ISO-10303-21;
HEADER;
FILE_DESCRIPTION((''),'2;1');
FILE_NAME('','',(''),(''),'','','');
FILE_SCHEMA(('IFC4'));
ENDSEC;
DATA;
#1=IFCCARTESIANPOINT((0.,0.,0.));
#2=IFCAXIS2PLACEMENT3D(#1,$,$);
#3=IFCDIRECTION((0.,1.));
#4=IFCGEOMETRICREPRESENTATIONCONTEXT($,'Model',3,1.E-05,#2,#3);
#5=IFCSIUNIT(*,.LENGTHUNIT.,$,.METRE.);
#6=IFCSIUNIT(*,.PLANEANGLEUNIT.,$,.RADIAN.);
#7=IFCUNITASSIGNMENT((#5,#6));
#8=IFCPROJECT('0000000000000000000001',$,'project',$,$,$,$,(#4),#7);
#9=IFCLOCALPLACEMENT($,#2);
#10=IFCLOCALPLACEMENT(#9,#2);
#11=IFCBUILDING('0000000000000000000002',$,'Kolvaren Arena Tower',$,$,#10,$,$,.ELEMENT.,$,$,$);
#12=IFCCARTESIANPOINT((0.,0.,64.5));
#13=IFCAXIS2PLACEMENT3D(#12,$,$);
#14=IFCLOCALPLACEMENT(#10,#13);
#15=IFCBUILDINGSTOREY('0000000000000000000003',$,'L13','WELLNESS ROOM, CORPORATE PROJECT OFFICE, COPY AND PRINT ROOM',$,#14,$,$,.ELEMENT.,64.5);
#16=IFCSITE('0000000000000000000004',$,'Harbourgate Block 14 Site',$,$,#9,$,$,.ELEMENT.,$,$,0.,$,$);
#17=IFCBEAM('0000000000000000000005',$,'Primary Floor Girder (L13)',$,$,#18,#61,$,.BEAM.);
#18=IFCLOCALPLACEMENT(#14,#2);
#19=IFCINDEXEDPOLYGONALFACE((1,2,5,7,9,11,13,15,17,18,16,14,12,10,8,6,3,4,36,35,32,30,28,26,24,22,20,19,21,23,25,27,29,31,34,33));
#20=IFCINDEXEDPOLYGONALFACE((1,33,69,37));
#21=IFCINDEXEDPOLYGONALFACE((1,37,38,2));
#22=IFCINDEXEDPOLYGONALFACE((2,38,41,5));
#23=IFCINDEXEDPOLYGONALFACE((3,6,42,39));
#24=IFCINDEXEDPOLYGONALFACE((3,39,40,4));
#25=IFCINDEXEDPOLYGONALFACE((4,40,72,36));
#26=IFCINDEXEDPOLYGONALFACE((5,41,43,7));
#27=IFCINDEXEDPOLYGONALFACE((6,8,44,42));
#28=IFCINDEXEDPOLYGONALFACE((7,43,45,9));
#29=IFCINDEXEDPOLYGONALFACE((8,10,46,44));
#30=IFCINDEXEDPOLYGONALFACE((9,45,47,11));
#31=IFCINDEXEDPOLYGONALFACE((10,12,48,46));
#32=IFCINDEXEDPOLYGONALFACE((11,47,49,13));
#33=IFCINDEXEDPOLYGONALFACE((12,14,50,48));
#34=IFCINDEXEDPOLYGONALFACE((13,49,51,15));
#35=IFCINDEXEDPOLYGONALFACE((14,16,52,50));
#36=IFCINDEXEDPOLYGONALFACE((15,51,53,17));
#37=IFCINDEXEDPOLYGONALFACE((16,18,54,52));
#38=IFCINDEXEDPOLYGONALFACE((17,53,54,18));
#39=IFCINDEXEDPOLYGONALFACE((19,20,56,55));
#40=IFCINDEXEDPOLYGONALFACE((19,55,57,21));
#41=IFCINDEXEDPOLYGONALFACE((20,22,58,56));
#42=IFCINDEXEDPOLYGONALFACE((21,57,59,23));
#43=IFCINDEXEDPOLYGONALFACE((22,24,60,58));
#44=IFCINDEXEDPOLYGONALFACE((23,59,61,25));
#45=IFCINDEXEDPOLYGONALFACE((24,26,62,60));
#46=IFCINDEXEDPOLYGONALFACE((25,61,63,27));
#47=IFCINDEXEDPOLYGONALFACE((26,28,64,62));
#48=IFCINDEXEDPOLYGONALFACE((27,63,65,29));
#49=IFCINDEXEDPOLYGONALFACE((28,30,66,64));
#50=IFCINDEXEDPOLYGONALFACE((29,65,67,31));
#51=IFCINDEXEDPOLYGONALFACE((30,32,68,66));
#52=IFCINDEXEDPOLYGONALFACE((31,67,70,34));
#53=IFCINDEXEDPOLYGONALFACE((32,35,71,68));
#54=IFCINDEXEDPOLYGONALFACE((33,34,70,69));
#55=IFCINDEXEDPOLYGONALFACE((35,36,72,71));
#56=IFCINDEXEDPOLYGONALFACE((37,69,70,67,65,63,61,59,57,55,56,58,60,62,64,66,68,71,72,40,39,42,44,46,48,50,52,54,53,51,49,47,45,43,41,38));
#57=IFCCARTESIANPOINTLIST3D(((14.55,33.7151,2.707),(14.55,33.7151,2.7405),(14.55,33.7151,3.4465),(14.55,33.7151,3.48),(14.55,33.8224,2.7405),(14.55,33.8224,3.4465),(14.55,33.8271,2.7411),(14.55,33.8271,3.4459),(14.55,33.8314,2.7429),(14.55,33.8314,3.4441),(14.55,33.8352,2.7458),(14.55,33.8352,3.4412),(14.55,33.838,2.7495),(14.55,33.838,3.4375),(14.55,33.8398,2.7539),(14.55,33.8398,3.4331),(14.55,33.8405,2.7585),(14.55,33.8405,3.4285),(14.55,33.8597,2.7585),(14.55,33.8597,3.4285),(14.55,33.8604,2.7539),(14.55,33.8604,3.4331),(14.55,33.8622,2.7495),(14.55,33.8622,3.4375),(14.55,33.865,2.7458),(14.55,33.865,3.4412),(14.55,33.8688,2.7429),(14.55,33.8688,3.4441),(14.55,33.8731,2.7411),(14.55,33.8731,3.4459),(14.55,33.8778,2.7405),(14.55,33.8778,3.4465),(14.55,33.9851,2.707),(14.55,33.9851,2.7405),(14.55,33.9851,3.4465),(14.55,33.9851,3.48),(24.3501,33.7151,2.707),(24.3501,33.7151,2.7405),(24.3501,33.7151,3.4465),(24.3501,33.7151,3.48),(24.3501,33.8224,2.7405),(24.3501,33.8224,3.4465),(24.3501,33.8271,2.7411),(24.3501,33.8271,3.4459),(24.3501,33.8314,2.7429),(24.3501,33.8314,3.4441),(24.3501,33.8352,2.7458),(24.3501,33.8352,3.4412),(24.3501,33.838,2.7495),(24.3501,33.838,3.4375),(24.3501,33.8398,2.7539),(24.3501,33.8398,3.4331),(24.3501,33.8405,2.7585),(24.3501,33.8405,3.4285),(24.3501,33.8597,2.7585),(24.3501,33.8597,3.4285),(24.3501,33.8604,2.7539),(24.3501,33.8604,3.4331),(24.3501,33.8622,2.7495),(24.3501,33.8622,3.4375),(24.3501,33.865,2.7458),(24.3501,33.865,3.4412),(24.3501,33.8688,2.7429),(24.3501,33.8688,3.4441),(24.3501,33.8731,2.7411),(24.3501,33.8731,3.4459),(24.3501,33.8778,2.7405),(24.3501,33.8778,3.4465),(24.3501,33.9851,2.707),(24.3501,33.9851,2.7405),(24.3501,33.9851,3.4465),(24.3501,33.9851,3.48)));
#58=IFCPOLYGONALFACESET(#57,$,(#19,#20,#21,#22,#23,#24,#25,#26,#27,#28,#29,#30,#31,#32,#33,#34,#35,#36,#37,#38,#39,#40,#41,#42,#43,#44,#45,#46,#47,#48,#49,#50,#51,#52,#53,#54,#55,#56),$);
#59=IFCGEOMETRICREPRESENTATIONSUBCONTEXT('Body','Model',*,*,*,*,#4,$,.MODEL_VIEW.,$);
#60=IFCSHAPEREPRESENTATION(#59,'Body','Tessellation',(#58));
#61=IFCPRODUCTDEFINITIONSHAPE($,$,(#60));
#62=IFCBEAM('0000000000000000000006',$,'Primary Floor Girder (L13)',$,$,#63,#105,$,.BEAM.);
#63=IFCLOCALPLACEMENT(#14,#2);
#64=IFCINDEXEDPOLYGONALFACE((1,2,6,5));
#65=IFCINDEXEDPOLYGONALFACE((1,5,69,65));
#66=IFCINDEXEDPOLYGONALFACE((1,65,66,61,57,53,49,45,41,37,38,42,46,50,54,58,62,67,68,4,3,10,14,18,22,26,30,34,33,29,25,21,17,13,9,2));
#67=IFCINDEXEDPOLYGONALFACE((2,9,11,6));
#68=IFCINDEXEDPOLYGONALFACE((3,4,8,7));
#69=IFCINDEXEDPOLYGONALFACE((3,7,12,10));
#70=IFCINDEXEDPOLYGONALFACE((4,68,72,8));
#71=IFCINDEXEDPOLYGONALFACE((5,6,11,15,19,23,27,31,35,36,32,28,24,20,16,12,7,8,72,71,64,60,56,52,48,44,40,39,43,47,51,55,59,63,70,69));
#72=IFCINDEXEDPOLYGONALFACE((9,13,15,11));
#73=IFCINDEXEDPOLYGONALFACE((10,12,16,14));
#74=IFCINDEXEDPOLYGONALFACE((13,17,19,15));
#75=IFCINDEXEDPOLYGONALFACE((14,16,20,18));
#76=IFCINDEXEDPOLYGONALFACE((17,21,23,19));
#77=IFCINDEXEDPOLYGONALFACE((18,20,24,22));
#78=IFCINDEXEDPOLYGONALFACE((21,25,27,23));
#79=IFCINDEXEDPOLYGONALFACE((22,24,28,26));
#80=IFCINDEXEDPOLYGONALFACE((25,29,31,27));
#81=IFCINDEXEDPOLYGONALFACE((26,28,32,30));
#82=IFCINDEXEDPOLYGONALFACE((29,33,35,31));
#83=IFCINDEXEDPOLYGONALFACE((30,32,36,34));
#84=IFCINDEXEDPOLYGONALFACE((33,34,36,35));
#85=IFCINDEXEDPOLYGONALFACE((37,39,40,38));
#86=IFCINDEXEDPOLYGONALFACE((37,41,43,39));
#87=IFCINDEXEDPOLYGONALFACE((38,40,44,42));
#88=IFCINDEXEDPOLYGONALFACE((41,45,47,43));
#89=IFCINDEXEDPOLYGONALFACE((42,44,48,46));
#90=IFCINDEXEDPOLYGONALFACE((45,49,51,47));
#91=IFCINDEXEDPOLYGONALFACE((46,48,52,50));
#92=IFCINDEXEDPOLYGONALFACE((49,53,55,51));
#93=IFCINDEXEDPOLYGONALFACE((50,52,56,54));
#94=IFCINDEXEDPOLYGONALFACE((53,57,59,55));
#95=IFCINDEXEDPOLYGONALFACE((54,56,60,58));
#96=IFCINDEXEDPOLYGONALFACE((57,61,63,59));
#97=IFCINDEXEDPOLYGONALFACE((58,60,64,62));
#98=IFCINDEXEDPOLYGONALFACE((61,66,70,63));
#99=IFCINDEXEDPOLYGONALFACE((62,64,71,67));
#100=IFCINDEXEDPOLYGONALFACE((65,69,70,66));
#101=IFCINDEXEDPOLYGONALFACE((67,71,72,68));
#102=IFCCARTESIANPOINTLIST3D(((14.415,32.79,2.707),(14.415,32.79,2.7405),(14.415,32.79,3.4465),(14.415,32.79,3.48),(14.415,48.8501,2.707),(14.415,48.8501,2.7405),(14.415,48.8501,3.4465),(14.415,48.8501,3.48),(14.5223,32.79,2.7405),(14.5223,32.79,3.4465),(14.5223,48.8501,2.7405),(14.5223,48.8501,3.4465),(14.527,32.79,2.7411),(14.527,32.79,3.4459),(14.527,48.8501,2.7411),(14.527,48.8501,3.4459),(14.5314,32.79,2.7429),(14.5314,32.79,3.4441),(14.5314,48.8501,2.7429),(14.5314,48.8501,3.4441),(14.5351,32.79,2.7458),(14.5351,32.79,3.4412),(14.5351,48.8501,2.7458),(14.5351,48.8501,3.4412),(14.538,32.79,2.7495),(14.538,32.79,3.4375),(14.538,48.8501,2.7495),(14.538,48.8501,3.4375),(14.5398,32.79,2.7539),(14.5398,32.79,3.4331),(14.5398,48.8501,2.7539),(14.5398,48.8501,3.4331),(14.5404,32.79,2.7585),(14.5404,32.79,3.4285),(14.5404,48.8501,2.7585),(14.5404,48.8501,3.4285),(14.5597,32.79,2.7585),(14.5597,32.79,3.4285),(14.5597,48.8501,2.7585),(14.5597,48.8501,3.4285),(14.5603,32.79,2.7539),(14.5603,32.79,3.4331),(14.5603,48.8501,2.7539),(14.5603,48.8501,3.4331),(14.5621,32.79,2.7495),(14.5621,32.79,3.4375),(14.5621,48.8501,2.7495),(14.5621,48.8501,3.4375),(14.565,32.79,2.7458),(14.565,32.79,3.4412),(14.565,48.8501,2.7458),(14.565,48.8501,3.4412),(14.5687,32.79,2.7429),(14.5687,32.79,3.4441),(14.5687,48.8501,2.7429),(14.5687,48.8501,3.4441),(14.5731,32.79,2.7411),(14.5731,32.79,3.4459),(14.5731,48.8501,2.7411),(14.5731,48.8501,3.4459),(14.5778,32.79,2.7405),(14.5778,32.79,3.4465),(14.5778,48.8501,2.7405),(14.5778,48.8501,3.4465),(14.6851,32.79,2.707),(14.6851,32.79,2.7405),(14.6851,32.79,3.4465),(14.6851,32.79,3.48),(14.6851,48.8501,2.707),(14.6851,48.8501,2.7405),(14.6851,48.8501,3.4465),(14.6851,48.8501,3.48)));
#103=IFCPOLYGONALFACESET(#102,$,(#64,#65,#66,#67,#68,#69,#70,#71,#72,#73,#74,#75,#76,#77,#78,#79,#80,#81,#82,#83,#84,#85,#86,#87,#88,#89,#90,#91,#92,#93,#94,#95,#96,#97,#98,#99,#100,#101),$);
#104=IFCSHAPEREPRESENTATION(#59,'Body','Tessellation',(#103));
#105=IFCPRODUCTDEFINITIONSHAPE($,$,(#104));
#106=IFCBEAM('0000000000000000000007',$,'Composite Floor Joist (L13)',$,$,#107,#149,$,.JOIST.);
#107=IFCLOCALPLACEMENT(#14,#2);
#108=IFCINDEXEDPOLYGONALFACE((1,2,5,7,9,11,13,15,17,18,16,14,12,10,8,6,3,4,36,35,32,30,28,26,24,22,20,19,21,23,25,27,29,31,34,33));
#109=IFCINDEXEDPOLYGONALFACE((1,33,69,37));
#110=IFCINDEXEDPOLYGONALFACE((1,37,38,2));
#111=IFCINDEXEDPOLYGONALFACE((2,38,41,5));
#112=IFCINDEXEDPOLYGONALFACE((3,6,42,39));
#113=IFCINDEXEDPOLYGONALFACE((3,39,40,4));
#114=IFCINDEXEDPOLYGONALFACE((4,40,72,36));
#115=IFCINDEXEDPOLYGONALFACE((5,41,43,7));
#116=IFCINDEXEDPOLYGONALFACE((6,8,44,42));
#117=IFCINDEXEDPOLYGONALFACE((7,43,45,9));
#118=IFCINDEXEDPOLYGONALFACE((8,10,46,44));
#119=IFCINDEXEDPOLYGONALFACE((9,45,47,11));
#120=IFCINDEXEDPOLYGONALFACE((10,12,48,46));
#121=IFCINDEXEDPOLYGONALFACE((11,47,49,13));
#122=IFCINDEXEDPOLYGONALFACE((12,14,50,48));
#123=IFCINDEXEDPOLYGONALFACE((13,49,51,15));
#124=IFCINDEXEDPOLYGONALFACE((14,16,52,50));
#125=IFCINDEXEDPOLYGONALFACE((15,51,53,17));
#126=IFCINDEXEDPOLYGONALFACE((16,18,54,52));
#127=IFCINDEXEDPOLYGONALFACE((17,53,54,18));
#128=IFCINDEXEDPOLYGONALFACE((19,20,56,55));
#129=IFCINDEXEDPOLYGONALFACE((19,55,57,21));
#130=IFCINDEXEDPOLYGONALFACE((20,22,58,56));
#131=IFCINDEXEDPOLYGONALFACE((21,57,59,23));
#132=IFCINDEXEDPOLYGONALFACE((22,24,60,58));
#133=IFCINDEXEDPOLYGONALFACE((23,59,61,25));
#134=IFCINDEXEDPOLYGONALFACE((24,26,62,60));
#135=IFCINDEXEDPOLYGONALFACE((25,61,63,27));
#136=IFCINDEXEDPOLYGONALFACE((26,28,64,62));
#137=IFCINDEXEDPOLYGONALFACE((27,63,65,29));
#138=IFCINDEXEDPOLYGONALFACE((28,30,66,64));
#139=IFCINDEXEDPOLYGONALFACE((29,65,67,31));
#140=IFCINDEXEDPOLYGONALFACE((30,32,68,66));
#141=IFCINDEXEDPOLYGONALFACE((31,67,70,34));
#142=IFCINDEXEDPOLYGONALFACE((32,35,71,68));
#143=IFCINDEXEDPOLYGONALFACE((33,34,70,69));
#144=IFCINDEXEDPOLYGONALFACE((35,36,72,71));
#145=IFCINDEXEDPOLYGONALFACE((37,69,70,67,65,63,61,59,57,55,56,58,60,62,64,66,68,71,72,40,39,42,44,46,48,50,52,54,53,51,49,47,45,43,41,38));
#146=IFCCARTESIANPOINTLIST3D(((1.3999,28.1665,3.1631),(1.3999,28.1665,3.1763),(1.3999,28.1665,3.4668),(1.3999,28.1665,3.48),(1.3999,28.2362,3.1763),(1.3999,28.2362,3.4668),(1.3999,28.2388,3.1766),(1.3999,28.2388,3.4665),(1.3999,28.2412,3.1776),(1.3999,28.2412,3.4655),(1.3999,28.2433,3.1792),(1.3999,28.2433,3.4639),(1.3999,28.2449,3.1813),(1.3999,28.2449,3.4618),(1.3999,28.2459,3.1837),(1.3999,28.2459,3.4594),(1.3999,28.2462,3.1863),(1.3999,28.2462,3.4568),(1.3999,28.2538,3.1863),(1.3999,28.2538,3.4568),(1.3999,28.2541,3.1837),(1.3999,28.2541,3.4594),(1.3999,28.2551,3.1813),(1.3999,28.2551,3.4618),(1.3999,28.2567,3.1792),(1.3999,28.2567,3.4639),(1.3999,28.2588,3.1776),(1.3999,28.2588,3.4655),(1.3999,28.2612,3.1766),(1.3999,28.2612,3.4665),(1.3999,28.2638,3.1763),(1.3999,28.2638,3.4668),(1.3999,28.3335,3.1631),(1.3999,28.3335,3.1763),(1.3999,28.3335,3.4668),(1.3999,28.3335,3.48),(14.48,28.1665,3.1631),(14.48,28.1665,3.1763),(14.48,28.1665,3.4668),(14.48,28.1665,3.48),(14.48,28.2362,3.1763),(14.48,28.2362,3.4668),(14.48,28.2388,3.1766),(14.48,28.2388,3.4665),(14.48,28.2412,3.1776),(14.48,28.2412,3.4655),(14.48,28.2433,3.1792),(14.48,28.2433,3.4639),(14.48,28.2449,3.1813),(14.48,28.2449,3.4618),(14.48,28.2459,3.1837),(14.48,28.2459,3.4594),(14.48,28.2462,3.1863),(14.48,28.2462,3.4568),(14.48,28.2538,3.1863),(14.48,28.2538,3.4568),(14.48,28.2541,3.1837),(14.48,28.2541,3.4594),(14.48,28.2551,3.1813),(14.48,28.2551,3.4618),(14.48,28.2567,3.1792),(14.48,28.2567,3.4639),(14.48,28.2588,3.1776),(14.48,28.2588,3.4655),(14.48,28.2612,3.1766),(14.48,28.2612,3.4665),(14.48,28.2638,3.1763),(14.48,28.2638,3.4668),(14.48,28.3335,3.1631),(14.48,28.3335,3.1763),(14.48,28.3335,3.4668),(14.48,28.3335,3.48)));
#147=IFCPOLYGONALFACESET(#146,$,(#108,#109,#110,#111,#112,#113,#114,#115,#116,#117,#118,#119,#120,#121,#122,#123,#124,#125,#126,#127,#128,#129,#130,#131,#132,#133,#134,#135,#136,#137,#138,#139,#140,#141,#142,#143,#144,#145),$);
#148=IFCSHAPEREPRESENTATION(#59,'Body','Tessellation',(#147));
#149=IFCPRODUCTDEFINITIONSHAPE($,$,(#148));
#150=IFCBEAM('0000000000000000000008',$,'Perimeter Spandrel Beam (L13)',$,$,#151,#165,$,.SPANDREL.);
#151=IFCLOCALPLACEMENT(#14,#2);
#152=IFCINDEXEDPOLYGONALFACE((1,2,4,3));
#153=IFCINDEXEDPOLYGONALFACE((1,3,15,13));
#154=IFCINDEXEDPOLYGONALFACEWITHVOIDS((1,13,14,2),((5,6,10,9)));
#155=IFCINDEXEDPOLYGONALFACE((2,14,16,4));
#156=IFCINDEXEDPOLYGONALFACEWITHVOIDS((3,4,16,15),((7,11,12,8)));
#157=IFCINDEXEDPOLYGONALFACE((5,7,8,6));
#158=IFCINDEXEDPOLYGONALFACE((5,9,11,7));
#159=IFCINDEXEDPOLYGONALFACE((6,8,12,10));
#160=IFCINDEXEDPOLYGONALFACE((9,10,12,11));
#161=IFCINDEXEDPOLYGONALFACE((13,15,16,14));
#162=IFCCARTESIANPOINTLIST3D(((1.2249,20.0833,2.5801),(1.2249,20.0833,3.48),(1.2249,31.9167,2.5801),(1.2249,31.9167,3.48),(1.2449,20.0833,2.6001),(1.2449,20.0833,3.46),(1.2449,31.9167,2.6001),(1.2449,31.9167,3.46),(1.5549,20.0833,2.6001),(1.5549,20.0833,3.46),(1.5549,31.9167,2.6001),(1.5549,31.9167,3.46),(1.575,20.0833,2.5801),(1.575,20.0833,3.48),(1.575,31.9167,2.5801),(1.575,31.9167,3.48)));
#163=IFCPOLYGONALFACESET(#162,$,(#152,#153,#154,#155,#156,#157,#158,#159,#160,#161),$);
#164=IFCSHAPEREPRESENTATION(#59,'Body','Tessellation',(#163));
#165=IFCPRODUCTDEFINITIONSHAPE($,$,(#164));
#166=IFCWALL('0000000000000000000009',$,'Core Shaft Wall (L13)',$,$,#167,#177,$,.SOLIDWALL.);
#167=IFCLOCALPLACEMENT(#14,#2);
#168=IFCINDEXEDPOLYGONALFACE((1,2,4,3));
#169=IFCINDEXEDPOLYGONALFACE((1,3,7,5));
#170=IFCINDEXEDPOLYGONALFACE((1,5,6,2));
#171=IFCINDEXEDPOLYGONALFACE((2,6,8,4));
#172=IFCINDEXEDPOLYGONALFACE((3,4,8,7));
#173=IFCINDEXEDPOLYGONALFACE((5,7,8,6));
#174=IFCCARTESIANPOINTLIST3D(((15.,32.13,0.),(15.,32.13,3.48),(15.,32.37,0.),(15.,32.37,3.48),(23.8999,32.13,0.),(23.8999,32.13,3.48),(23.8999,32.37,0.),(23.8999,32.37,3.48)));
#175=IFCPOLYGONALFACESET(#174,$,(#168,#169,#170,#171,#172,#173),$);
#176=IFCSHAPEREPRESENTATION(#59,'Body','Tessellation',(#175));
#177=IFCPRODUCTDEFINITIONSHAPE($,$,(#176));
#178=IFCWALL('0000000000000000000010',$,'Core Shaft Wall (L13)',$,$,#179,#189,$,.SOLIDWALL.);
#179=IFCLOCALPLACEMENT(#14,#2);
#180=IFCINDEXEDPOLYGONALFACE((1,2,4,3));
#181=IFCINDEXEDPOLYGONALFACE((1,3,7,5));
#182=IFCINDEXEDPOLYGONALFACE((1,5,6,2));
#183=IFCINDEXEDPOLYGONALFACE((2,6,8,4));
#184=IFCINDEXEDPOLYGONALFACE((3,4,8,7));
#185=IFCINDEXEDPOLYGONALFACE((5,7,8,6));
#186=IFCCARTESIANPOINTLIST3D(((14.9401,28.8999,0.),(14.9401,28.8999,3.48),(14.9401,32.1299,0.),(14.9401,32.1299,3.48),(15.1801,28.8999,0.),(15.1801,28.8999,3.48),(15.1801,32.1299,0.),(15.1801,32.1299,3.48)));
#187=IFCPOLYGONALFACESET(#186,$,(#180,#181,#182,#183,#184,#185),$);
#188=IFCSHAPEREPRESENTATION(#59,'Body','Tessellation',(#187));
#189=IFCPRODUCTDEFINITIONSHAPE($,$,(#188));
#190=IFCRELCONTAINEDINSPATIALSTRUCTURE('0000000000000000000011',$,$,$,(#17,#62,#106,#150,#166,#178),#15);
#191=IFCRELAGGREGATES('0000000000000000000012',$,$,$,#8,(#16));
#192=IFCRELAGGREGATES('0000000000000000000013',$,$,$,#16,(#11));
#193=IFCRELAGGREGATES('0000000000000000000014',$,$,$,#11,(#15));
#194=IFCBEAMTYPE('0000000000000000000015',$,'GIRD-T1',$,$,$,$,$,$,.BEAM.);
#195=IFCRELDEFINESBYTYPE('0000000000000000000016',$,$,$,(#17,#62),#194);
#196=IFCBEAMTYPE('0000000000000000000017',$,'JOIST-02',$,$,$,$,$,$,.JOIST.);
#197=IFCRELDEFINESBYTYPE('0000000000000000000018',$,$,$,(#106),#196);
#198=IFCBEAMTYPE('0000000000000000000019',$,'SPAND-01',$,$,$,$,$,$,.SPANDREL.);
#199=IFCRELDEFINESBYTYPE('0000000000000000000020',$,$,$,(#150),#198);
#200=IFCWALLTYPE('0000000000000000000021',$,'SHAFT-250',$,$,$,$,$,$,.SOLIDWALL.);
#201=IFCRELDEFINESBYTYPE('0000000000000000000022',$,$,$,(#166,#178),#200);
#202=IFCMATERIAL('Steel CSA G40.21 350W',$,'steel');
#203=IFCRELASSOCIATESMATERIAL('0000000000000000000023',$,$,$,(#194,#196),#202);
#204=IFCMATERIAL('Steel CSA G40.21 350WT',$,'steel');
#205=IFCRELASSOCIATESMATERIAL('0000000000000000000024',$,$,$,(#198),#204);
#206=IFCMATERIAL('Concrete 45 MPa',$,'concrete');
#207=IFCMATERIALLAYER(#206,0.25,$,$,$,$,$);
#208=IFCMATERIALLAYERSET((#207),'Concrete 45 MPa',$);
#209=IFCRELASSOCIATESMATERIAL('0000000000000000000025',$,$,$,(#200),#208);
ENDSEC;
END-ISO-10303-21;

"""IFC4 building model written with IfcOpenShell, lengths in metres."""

from ifc_helpers import new_model, si_unit, direction, frame, frame_2d, origin, origin_2d, place, context, subcontext, project, spatial, rectangle, hollow_rectangle, i_section, extrude, material, layer, layer_set, material_profile, profile_set, type_object, element, save


model = new_model("IFC4")

# Units and contexts
model_context = context("Model", 3, precision=1e-05, world=origin(), true_north=direction((0.0, 1.0)))
body_context = subcontext(model_context, "Body", "Model", "MODEL_VIEW")
ifc_project = project(units=[si_unit("LENGTHUNIT", "METRE"), si_unit("PLANEANGLEUNIT", "RADIAN")], contexts=[model_context])

# Site, building, storey
site_placement = place(None, origin())
site = spatial("IfcSite", under=ifc_project, at=site_placement, Name="Harbourgate Block 14 Site", CompositionType="ELEMENT", RefElevation=0.0)
building_placement = place(site_placement, origin())
building = spatial("IfcBuilding", under=site, at=building_placement, Name="Kolvaren Arena Tower", CompositionType="ELEMENT")
storey_placement = place(building_placement, frame((0.0, 0.0, 64.5)))
storey = spatial("IfcBuildingStorey", under=building, at=storey_placement, Name="L13", Description="WELLNESS ROOM, CORPORATE PROJECT OFFICE, COPY AND PRINT ROOM", CompositionType="ELEMENT", Elevation=64.5)

# Beams
ifc_material_1 = material(Name="Steel CSA G40.21 350W", Category="steel")
ifc_material_profile_1 = material_profile(ifc_material_1, i_section(OverallWidth=0.27, OverallDepth=0.7729, WebThickness=0.0193, FlangeThickness=0.0334, FilletRadius=0.0181, at=origin_2d()), Name="W760x257")
ifc_profile_set_1 = profile_set([ifc_material_profile_1], Name="Steel CSA G40.21 350W")
beam_type_1 = type_object("IfcBeamType", Name="GIRD-T1", PredefinedType="BEAM", material=ifc_profile_set_1)
beam_1_placement = place(storey_placement, frame((14.55, 33.8501, 3.0935), z_axis=(1.0, 0.0, 0.0), x_axis=(0.0, 1.0, 0.0)))
element("IfcBeam", 1, at=beam_1_placement, inside=storey, type_object=beam_type_1, Name="Primary Floor Girder (L13)", PredefinedType="BEAM", context=body_context, shape_type="SweptSolid", body=[
    extrude(i_section(OverallWidth=0.27, OverallDepth=0.7729, WebThickness=0.0193, FlangeThickness=0.0334, FilletRadius=0.0181, at=origin_2d()), origin(), (0.0, 0.0, 1.0), 9.8),
])
beam_2_placement = place(storey_placement, frame((14.55, 32.79, 3.0935), z_axis=(0.0, 1.0, 0.0), x_axis=(-1.0, 0.0, 0.0)))
element("IfcBeam", 2, at=beam_2_placement, inside=storey, type_object=beam_type_1, Name="Primary Floor Girder (L13)", PredefinedType="BEAM", context=body_context, shape_type="SweptSolid", body=[
    extrude(i_section(OverallWidth=0.27, OverallDepth=0.7729, WebThickness=0.0193, FlangeThickness=0.0334, FilletRadius=0.0181, at=origin_2d()), origin(), (0.0, 0.0, 1.0), 16.0601),
])
ifc_material_profile_2 = material_profile(ifc_material_1, i_section(OverallWidth=0.167, OverallDepth=0.3169, WebThickness=0.0076, FlangeThickness=0.0132, FilletRadius=0.01, at=origin_2d()), Name="W310x52")
ifc_profile_set_2 = profile_set([ifc_material_profile_2], Name="Steel CSA G40.21 350W")
beam_type_2 = type_object("IfcBeamType", Name="JOIST-02", PredefinedType="JOIST", material=ifc_profile_set_2)
beam_3_placement = place(storey_placement, frame((1.3999, 28.25, 3.3215), z_axis=(1.0, 0.0, 0.0), x_axis=(0.0, 1.0, 0.0)))
element("IfcBeam", 3, at=beam_3_placement, inside=storey, type_object=beam_type_2, Name="Composite Floor Joist (L13)", PredefinedType="JOIST", context=body_context, shape_type="SweptSolid", body=[
    extrude(i_section(OverallWidth=0.167, OverallDepth=0.3169, WebThickness=0.0076, FlangeThickness=0.0132, FilletRadius=0.01, at=origin_2d()), origin(), (0.0, 0.0, 1.0), 13.0801),
])
ifc_material_2 = material(Name="Steel CSA G40.21 350WT", Category="steel")
ifc_material_profile_3 = material_profile(ifc_material_2, hollow_rectangle(XDim=0.3501, YDim=0.8999, WallThickness=0.02, at=origin_2d()), Name="HSS 900x350x20")
ifc_profile_set_3 = profile_set([ifc_material_profile_3], Name="Steel CSA G40.21 350WT")
beam_type_3 = type_object("IfcBeamType", Name="SPAND-01", PredefinedType="SPANDREL", material=ifc_profile_set_3)
beam_4_placement = place(storey_placement, frame((1.3999, 31.9167, 3.03), z_axis=(0.0, -1.0, 0.0), x_axis=(1.0, 0.0, 0.0)))
element("IfcBeam", 4, at=beam_4_placement, inside=storey, type_object=beam_type_3, Name="Perimeter Spandrel Beam (L13)", PredefinedType="SPANDREL", context=body_context, shape_type="SweptSolid", body=[
    extrude(hollow_rectangle(XDim=0.3501, YDim=0.8999, WallThickness=0.02, at=origin_2d()), origin(), (0.0, 0.0, 1.0), 11.8335),
])

# Walls
ifc_material_3 = material(Name="Concrete 45 MPa", Category="concrete")
ifc_layer = layer(ifc_material_3, 0.25)
ifc_layer_set = layer_set([ifc_layer], Name="Concrete 45 MPa")
wall_type = type_object("IfcWallType", Name="SHAFT-250", PredefinedType="SOLIDWALL", material=ifc_layer_set)
wall_1_placement = place(storey_placement, frame((15.0, 32.25, 0.0), z_axis=(0.0, 0.0, 1.0), x_axis=(1.0, 0.0, 0.0)))
element("IfcWall", 5, at=wall_1_placement, inside=storey, type_object=wall_type, Name="Core Shaft Wall (L13)", PredefinedType="SOLIDWALL", context=body_context, shape_type="SweptSolid", body=[
    extrude(rectangle(XDim=8.8999, YDim=0.24, at=frame_2d((4.45, 0.0))), origin(), (0.0, 0.0, 1.0), 3.48),
])
wall_2_placement = place(storey_placement, frame((15.0601, 28.8999, 0.0), z_axis=(0.0, 0.0, 1.0), x_axis=(0.0, 1.0, 0.0)))
element("IfcWall", 6, at=wall_2_placement, inside=storey, type_object=wall_type, Name="Core Shaft Wall (L13)", PredefinedType="SOLIDWALL", context=body_context, shape_type="SweptSolid", body=[
    extrude(rectangle(XDim=3.23, YDim=0.24, at=frame_2d((1.615, 0.0))), origin(), (0.0, 0.0, 1.0), 3.48),
])

save(model, "model.ifc")
